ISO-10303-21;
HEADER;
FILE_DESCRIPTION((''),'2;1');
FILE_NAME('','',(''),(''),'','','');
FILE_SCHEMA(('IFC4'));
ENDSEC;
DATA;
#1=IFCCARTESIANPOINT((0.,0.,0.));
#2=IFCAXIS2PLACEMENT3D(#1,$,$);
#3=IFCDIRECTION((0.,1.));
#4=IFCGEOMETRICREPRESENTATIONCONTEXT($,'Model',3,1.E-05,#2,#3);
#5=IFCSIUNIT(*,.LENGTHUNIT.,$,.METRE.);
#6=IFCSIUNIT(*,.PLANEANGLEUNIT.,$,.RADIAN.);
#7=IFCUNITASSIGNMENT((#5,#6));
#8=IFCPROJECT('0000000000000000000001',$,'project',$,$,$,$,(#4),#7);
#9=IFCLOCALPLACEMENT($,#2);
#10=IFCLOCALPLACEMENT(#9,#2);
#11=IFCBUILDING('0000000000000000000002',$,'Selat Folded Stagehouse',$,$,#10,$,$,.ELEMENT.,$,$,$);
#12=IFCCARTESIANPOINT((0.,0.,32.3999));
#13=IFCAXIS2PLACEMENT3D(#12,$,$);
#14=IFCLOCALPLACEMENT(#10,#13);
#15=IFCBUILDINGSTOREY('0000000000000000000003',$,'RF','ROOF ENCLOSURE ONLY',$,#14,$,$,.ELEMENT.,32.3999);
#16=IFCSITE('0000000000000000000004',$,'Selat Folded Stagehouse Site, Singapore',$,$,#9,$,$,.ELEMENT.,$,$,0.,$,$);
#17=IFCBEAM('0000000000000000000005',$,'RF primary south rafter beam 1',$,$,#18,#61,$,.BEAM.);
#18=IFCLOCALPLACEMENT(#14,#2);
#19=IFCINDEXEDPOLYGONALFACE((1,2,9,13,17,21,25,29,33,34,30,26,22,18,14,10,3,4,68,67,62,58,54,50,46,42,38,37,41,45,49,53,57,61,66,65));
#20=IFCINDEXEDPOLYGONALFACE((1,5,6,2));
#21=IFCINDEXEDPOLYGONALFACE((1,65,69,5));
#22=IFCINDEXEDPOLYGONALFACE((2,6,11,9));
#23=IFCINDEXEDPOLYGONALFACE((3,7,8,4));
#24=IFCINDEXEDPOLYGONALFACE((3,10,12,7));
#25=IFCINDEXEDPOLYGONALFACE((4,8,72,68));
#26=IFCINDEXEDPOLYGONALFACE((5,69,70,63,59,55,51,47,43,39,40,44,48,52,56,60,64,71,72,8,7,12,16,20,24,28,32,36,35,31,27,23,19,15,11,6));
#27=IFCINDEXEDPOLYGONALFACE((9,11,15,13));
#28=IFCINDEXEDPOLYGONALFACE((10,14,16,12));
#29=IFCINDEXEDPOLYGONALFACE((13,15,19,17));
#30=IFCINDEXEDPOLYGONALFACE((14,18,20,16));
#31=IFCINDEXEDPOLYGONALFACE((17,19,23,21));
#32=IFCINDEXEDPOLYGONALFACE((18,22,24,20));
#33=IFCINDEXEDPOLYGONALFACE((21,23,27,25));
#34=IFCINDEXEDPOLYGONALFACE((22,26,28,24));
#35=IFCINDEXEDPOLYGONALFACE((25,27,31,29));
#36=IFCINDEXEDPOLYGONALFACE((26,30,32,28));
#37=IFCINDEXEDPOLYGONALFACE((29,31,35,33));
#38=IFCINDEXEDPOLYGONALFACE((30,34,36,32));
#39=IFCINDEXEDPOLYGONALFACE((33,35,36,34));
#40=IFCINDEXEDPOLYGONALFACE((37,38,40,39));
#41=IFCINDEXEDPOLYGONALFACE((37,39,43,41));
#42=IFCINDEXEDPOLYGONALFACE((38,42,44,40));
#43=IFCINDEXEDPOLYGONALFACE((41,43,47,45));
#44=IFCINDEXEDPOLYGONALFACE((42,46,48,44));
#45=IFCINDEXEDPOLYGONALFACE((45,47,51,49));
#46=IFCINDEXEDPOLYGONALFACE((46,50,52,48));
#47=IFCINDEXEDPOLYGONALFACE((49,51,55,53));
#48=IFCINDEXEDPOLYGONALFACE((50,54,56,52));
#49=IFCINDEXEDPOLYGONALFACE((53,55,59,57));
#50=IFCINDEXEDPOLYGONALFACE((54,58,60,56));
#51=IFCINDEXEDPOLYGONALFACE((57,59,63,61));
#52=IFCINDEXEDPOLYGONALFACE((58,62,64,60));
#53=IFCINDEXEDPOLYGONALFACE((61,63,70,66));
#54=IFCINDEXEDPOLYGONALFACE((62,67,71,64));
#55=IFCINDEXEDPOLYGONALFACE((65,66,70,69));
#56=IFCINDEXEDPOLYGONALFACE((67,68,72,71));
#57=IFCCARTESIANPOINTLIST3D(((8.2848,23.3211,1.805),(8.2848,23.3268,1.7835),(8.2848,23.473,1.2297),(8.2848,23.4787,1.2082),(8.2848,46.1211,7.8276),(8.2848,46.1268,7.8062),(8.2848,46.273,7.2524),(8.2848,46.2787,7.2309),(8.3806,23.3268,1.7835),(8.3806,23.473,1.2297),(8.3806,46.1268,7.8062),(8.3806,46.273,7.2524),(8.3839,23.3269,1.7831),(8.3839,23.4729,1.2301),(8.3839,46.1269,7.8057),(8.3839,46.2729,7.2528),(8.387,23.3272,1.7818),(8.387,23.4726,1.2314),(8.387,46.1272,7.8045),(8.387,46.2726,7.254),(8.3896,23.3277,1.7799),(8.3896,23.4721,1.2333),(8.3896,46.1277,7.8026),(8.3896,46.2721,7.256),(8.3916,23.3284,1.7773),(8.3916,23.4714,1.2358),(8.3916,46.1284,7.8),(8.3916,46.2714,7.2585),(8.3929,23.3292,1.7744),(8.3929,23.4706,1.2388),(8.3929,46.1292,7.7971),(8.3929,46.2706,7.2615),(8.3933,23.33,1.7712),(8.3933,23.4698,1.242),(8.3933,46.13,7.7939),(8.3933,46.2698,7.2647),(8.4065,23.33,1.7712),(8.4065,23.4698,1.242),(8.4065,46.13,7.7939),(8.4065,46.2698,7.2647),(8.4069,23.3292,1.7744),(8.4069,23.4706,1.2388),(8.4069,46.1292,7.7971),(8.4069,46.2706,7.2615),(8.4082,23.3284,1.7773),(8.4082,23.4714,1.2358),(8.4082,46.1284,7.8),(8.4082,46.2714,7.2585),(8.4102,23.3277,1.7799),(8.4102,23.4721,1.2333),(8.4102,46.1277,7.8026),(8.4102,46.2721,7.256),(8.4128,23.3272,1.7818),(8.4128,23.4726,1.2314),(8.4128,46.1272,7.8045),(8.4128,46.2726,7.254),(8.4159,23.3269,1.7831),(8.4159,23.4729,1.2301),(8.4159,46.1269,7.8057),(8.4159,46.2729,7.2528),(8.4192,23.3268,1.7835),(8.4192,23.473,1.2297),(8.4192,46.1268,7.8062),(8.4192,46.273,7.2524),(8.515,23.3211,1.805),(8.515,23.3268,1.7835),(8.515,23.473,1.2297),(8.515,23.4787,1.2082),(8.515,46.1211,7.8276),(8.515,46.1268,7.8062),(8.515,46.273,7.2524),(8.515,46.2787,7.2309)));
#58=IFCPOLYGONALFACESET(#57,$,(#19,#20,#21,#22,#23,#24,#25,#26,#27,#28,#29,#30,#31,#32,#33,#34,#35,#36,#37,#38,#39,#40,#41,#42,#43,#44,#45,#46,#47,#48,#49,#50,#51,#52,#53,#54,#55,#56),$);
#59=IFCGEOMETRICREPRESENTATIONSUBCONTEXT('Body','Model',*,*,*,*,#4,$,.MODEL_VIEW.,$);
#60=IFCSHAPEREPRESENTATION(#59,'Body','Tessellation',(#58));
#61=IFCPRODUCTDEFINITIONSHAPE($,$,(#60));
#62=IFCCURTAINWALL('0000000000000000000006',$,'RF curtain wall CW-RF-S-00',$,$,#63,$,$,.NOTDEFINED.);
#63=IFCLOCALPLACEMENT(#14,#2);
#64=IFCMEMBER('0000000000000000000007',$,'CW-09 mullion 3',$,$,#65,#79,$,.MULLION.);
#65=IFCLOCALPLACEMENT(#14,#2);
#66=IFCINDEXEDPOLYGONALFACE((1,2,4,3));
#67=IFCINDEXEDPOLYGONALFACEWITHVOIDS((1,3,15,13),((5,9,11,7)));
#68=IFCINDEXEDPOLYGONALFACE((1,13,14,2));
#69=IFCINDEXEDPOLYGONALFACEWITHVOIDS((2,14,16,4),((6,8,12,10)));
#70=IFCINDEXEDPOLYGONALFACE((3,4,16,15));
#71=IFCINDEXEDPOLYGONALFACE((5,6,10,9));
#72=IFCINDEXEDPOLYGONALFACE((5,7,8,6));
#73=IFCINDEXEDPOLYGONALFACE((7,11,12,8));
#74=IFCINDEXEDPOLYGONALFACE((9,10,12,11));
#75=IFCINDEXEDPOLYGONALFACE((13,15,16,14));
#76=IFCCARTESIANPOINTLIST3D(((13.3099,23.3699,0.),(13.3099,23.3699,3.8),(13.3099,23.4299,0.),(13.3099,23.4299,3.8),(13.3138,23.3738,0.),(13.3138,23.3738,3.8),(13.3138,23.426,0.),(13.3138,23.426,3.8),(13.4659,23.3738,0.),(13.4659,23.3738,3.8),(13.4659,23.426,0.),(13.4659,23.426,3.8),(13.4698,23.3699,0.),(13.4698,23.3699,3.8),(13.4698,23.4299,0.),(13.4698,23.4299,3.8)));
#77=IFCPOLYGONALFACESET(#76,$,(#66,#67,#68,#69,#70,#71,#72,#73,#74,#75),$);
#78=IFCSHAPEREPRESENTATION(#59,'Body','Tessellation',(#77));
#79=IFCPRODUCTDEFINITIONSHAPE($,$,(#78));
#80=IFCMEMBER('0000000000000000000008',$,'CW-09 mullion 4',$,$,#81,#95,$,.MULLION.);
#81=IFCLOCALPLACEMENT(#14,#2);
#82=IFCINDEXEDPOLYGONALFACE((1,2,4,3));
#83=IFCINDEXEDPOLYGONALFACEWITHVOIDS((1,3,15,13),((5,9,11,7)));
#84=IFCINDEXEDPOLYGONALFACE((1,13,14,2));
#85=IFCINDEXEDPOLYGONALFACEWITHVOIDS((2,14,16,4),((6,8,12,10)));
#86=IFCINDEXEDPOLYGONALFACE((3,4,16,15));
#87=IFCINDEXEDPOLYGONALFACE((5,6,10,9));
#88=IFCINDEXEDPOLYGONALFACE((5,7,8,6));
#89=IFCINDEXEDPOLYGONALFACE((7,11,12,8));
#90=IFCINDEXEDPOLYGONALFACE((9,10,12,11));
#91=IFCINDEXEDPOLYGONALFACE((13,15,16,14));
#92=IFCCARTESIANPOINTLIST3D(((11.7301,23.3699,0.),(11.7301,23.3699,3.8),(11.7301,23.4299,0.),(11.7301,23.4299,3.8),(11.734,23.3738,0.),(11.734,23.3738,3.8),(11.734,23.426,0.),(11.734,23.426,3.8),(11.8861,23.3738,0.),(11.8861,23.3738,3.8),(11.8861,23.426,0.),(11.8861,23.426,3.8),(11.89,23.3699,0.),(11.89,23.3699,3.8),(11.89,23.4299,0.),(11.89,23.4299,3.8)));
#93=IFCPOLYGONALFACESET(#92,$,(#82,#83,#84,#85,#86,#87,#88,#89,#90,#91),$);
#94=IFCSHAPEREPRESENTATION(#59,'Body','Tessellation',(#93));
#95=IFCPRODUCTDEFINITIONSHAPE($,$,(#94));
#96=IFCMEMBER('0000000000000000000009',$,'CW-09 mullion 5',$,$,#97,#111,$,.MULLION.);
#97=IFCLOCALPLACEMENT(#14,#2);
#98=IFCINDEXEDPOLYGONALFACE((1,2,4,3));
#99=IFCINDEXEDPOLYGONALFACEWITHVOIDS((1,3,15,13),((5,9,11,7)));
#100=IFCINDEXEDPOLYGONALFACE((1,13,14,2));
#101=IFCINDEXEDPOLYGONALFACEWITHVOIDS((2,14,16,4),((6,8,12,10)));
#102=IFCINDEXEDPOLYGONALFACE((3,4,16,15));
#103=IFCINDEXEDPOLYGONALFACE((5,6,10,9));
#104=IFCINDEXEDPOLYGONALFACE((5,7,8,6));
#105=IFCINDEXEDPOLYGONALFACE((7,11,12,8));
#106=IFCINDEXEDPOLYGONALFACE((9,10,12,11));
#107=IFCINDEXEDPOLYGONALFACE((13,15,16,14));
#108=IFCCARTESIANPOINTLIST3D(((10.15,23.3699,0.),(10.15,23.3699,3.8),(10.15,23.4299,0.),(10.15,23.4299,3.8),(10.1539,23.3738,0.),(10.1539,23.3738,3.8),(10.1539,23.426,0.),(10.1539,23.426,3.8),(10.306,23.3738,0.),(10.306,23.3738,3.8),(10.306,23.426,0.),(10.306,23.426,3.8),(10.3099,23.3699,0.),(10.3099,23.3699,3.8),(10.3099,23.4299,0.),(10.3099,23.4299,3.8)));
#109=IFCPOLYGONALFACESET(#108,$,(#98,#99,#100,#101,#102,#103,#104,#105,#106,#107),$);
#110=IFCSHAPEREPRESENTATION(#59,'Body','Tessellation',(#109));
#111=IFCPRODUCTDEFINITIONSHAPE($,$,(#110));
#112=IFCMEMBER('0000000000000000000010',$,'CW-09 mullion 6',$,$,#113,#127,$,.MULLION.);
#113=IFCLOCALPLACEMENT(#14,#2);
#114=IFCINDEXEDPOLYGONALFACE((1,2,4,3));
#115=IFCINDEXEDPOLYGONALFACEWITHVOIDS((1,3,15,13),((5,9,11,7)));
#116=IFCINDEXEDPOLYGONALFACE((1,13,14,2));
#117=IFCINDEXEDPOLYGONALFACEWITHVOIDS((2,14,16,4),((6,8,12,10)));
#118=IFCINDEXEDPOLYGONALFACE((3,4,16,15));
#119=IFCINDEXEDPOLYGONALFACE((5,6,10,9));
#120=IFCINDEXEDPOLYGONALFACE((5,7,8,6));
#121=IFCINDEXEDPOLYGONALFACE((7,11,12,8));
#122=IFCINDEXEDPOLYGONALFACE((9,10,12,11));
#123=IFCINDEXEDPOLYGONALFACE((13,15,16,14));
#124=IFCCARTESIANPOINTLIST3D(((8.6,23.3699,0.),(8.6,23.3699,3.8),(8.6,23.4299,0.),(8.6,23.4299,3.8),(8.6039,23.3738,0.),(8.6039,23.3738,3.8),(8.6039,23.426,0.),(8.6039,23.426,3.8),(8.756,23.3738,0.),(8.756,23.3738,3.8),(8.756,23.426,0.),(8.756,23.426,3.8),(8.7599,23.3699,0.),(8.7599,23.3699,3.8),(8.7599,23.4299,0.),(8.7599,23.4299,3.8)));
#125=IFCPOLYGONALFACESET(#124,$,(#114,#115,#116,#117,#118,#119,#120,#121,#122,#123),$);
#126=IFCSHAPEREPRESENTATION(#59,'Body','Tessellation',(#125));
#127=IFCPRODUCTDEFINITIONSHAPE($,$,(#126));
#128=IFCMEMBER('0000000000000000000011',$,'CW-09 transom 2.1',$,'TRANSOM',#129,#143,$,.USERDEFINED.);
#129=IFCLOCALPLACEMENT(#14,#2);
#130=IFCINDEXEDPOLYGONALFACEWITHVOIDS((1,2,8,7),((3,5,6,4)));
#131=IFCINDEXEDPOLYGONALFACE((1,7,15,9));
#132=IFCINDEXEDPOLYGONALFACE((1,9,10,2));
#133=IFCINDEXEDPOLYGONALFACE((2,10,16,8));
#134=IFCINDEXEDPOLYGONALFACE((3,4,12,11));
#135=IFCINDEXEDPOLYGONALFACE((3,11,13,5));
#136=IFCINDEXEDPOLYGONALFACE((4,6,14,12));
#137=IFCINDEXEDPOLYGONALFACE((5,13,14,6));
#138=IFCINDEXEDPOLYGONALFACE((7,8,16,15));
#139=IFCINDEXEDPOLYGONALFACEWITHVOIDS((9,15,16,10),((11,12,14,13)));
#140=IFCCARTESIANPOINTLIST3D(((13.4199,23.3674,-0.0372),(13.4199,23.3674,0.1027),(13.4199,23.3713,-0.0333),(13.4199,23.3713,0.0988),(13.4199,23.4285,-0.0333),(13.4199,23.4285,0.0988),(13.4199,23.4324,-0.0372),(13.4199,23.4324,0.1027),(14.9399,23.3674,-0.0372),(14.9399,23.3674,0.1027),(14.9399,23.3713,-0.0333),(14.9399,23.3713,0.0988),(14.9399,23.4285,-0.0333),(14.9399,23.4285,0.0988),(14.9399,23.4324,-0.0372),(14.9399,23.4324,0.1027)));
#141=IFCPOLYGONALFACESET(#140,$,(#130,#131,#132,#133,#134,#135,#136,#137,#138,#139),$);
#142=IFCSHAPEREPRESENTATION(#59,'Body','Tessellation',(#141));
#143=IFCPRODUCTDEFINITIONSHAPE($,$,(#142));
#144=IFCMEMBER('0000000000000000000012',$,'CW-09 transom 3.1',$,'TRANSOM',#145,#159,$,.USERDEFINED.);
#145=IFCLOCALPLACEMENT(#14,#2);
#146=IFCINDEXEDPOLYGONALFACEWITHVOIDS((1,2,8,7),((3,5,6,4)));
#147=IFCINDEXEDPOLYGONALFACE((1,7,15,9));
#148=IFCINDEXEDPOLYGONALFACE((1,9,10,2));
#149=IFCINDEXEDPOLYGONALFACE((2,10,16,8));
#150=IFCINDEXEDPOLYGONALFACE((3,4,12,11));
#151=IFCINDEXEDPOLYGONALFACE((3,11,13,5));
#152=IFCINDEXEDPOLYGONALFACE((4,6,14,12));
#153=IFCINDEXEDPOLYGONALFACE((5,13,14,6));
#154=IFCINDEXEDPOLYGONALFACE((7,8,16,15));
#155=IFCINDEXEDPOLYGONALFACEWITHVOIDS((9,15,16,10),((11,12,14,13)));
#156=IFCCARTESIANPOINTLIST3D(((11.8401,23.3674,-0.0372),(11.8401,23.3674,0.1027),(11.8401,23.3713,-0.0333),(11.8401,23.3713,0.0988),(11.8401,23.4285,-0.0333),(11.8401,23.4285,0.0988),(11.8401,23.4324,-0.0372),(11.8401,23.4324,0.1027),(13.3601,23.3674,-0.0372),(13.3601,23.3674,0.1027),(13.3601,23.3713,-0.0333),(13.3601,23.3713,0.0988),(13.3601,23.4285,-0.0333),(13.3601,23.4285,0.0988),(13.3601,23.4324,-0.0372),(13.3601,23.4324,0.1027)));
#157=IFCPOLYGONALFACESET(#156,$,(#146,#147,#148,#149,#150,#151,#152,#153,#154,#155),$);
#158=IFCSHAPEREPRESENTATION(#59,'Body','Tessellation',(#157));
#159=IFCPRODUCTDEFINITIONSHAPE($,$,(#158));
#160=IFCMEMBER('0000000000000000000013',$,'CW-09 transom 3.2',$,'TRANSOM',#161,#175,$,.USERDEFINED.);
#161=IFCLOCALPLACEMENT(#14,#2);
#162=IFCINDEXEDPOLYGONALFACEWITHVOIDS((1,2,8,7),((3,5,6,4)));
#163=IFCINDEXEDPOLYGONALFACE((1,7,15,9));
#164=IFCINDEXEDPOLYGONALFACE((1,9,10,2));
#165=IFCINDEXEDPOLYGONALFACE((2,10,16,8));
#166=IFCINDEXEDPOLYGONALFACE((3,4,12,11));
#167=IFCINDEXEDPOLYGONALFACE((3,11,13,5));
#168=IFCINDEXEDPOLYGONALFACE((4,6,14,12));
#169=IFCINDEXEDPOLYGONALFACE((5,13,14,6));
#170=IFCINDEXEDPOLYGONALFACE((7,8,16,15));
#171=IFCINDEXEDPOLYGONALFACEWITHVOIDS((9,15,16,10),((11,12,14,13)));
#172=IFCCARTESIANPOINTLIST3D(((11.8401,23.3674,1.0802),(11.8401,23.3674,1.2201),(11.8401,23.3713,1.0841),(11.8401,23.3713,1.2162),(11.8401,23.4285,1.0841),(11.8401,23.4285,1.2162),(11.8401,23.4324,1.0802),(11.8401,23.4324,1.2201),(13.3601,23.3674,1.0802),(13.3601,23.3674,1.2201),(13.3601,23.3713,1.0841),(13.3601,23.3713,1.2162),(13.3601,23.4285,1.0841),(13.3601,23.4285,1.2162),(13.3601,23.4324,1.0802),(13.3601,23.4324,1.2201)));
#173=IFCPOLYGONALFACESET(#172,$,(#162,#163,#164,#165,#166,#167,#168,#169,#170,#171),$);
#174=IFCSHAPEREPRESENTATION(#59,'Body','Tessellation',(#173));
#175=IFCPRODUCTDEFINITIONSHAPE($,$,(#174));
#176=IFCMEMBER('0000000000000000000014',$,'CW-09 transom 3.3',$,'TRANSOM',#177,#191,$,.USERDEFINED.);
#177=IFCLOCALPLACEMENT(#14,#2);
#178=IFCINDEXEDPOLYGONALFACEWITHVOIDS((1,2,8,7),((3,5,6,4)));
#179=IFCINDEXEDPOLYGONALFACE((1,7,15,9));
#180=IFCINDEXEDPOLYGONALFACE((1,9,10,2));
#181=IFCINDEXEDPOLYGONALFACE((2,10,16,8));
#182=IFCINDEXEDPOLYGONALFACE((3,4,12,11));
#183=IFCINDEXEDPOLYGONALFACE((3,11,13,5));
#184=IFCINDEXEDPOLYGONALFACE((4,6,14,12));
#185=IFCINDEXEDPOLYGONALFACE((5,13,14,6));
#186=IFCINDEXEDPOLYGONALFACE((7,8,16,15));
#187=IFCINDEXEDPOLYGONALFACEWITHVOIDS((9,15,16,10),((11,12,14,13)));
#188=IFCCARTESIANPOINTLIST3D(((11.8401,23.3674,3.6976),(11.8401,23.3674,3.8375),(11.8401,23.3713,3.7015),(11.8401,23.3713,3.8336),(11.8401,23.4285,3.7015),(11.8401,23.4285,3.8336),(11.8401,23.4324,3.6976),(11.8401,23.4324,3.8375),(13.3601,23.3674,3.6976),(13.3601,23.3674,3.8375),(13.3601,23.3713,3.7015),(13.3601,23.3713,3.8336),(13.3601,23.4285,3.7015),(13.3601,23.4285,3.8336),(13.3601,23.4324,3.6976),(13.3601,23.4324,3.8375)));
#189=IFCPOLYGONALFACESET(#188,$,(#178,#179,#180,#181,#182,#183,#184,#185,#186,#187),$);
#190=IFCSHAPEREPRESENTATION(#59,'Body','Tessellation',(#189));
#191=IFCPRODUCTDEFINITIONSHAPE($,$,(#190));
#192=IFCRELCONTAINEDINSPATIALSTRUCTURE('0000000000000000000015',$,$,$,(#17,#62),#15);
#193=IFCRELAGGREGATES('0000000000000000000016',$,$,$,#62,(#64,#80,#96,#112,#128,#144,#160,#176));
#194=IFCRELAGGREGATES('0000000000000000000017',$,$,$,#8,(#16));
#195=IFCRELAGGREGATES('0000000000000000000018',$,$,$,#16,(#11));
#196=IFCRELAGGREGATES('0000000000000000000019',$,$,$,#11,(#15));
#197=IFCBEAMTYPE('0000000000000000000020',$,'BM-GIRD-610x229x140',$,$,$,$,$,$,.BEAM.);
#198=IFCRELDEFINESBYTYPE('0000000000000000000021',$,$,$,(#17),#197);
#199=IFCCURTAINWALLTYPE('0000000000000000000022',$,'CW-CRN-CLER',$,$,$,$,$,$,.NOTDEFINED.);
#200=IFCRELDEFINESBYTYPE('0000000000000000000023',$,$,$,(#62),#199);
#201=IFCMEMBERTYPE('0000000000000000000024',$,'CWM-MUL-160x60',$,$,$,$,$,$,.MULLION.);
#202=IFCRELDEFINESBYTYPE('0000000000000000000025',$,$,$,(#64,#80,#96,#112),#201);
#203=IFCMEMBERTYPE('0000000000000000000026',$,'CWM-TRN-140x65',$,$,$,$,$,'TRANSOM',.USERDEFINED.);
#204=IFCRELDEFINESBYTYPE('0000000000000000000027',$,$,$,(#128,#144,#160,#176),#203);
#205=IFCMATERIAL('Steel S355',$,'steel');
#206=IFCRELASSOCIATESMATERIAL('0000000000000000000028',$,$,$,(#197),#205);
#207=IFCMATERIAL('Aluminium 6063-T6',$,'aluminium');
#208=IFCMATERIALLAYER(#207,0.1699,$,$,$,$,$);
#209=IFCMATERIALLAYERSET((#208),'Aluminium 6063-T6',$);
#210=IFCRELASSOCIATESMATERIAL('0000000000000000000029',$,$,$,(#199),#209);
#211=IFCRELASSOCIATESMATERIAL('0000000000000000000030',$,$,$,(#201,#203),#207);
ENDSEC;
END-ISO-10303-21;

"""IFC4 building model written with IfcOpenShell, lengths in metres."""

from ifc_helpers import new_model, si_unit, direction, frame, origin, origin_2d, place, context, subcontext, project, spatial, hollow_rectangle, i_section, extrude, material, layer, layer_set, material_profile, profile_set, type_object, element, aggregate, save


model = new_model("IFC4")

# Units and contexts
model_context = context("Model", 3, precision=1e-05, world=origin(), true_north=direction((0.0, 1.0)))
body_context = subcontext(model_context, "Body", "Model", "MODEL_VIEW")
ifc_project = project(units=[si_unit("LENGTHUNIT", "METRE"), si_unit("PLANEANGLEUNIT", "RADIAN")], contexts=[model_context])

# Site, building, storey
site_placement = place(None, origin())
site = spatial("IfcSite", under=ifc_project, at=site_placement, Name="Selat Folded Stagehouse Site, Singapore", CompositionType="ELEMENT", RefElevation=0.0)
building_placement = place(site_placement, origin())
building = spatial("IfcBuilding", under=site, at=building_placement, Name="Selat Folded Stagehouse", CompositionType="ELEMENT")
storey_placement = place(building_placement, frame((0.0, 0.0, 32.3999)))
storey = spatial("IfcBuildingStorey", under=building, at=storey_placement, Name="RF", Description="ROOF ENCLOSURE ONLY", CompositionType="ELEMENT", Elevation=32.3999)

# Shared definitions
ifc_material_1 = material(Name="Steel S355", Category="steel")

# Beam
ifc_material_profile_1 = material_profile(ifc_material_1, i_section(OverallWidth=0.2302, OverallDepth=0.6172, WebThickness=0.0132, FlangeThickness=0.0222, FilletRadius=0.0127, at=origin_2d()), Name="UKB 610x229x140")
ifc_profile_set_1 = profile_set([ifc_material_profile_1], Name="Steel S355")
beam_type_1 = type_object("IfcBeamType", Name="BM-GIRD-610x229x140", PredefinedType="BEAM", material=ifc_profile_set_1)
beam_1_placement = place(storey_placement, frame((8.3999, 23.3999, 1.5066), z_axis=(0.0, 0.966837, 0.255393), x_axis=(-1.0, 0.0, 0.0)))
element("IfcBeam", 1, at=beam_1_placement, inside=storey, type_object=beam_type_1, Name="RF primary south rafter beam 1", PredefinedType="BEAM", context=body_context, shape_type="SweptSolid", body=[
    extrude(i_section(OverallWidth=0.2302, OverallDepth=0.6172, WebThickness=0.0132, FlangeThickness=0.0222, FilletRadius=0.0127, at=origin_2d()), origin(), (0.0, 0.0, 1.0), 23.582),
])

# Curtain wall, members
ifc_material_2 = material(Name="Aluminium 6063-T6", Category="aluminium")
ifc_layer_1 = layer(ifc_material_2, 0.1699)
ifc_layer_set_1 = layer_set([ifc_layer_1], Name="Aluminium 6063-T6")
curtain_wall_type = type_object("IfcCurtainWallType", Name="CW-CRN-CLER", PredefinedType="NOTDEFINED", material=ifc_layer_set_1)
curtain_wall_placement = place(storey_placement, origin())
curtain_wall = element("IfcCurtainWall", 2, at=curtain_wall_placement, inside=storey, type_object=curtain_wall_type, Name="RF curtain wall CW-RF-S-00", PredefinedType="NOTDEFINED")
ifc_material_profile_2 = material_profile(ifc_material_2, hollow_rectangle(XDim=0.0601, YDim=0.1599, WallThickness=0.0039, at=origin_2d()), Name="ALU 160x60x4.0")
ifc_profile_set_2 = profile_set([ifc_material_profile_2], Name="Aluminium 6063-T6")
member_type_1 = type_object("IfcMemberType", Name="CWM-MUL-160x60", PredefinedType="MULLION", material=ifc_profile_set_2)
member_1_placement = place(storey_placement, frame((13.3899, 23.3999, 0.0), z_axis=(0.0, 0.0, 1.0), x_axis=(0.0, -1.0, 0.0)))
member_1 = element("IfcMember", 3, at=member_1_placement, type_object=member_type_1, Name="CW-09 mullion 3", PredefinedType="MULLION", context=body_context, shape_type="SweptSolid", body=[
    extrude(hollow_rectangle(XDim=0.0601, YDim=0.1599, WallThickness=0.0039, at=origin_2d()), origin(), (0.0, 0.0, 1.0), 3.8),
])
member_2_placement = place(storey_placement, frame((11.8101, 23.3999, 0.0), z_axis=(0.0, 0.0, 1.0), x_axis=(0.0, -1.0, 0.0)))
member_2 = element("IfcMember", 4, at=member_2_placement, type_object=member_type_1, Name="CW-09 mullion 4", PredefinedType="MULLION", context=body_context, shape_type="SweptSolid", body=[
    extrude(hollow_rectangle(XDim=0.0601, YDim=0.1599, WallThickness=0.0039, at=origin_2d()), origin(), (0.0, 0.0, 1.0), 3.8),
])
member_3_placement = place(storey_placement, frame((10.23, 23.3999, 0.0), z_axis=(0.0, 0.0, 1.0), x_axis=(0.0, -1.0, 0.0)))
member_3 = element("IfcMember", 5, at=member_3_placement, type_object=member_type_1, Name="CW-09 mullion 5", PredefinedType="MULLION", context=body_context, shape_type="SweptSolid", body=[
    extrude(hollow_rectangle(XDim=0.0601, YDim=0.1599, WallThickness=0.0039, at=origin_2d()), origin(), (0.0, 0.0, 1.0), 3.8),
])
member_4_placement = place(storey_placement, frame((8.6799, 23.3999, 0.0), z_axis=(0.0, 0.0, 1.0), x_axis=(0.0, -1.0, 0.0)))
member_4 = element("IfcMember", 6, at=member_4_placement, type_object=member_type_1, Name="CW-09 mullion 6", PredefinedType="MULLION", context=body_context, shape_type="SweptSolid", body=[
    extrude(hollow_rectangle(XDim=0.0601, YDim=0.1599, WallThickness=0.0039, at=origin_2d()), origin(), (0.0, 0.0, 1.0), 3.8),
])
ifc_material_profile_3 = material_profile(ifc_material_2, hollow_rectangle(XDim=0.0649, YDim=0.1399, WallThickness=0.0039, at=origin_2d()), Name="ALU 140x65x4.0")
ifc_profile_set_3 = profile_set([ifc_material_profile_3], Name="Aluminium 6063-T6")
member_type_2 = type_object("IfcMemberType", Name="CWM-TRN-140x65", ElementType="TRANSOM", PredefinedType="USERDEFINED", material=ifc_profile_set_3)
member_5_placement = place(storey_placement, frame((14.9399, 23.3999, 0.0327), z_axis=(-1.0, 0.0, 0.0), x_axis=(0.0, -1.0, 0.0)))
member_5 = element("IfcMember", 7, at=member_5_placement, type_object=member_type_2, Name="CW-09 transom 2.1", ObjectType="TRANSOM", PredefinedType="USERDEFINED", context=body_context, shape_type="SweptSolid", body=[
    extrude(hollow_rectangle(XDim=0.0649, YDim=0.1399, WallThickness=0.0039, at=origin_2d()), origin(), (0.0, 0.0, 1.0), 1.52),
])
member_6_placement = place(storey_placement, frame((13.3601, 23.3999, 0.0327), z_axis=(-1.0, 0.0, 0.0), x_axis=(0.0, -1.0, 0.0)))
member_6 = element("IfcMember", 8, at=member_6_placement, type_object=member_type_2, Name="CW-09 transom 3.1", ObjectType="TRANSOM", PredefinedType="USERDEFINED", context=body_context, shape_type="SweptSolid", body=[
    extrude(hollow_rectangle(XDim=0.0649, YDim=0.1399, WallThickness=0.0039, at=origin_2d()), origin(), (0.0, 0.0, 1.0), 1.52),
])
member_7_placement = place(storey_placement, frame((13.3601, 23.3999, 1.1501), z_axis=(-1.0, 0.0, 0.0), x_axis=(0.0, -1.0, 0.0)))
member_7 = element("IfcMember", 9, at=member_7_placement, type_object=member_type_2, Name="CW-09 transom 3.2", ObjectType="TRANSOM", PredefinedType="USERDEFINED", context=body_context, shape_type="SweptSolid", body=[
    extrude(hollow_rectangle(XDim=0.0649, YDim=0.1399, WallThickness=0.0039, at=origin_2d()), origin(), (0.0, 0.0, 1.0), 1.52),
])
member_8_placement = place(storey_placement, frame((13.3601, 23.3999, 3.7676), z_axis=(-1.0, 0.0, 0.0), x_axis=(0.0, -1.0, 0.0)))
member_8 = element("IfcMember", 10, at=member_8_placement, type_object=member_type_2, Name="CW-09 transom 3.3", ObjectType="TRANSOM", PredefinedType="USERDEFINED", context=body_context, shape_type="SweptSolid", body=[
    extrude(hollow_rectangle(XDim=0.0649, YDim=0.1399, WallThickness=0.0039, at=origin_2d()), origin(), (0.0, 0.0, 1.0), 1.52),
])

aggregate(curtain_wall, [member_1, member_2, member_3, member_4, member_5, member_6, member_7, member_8])

save(model, "model.ifc")
